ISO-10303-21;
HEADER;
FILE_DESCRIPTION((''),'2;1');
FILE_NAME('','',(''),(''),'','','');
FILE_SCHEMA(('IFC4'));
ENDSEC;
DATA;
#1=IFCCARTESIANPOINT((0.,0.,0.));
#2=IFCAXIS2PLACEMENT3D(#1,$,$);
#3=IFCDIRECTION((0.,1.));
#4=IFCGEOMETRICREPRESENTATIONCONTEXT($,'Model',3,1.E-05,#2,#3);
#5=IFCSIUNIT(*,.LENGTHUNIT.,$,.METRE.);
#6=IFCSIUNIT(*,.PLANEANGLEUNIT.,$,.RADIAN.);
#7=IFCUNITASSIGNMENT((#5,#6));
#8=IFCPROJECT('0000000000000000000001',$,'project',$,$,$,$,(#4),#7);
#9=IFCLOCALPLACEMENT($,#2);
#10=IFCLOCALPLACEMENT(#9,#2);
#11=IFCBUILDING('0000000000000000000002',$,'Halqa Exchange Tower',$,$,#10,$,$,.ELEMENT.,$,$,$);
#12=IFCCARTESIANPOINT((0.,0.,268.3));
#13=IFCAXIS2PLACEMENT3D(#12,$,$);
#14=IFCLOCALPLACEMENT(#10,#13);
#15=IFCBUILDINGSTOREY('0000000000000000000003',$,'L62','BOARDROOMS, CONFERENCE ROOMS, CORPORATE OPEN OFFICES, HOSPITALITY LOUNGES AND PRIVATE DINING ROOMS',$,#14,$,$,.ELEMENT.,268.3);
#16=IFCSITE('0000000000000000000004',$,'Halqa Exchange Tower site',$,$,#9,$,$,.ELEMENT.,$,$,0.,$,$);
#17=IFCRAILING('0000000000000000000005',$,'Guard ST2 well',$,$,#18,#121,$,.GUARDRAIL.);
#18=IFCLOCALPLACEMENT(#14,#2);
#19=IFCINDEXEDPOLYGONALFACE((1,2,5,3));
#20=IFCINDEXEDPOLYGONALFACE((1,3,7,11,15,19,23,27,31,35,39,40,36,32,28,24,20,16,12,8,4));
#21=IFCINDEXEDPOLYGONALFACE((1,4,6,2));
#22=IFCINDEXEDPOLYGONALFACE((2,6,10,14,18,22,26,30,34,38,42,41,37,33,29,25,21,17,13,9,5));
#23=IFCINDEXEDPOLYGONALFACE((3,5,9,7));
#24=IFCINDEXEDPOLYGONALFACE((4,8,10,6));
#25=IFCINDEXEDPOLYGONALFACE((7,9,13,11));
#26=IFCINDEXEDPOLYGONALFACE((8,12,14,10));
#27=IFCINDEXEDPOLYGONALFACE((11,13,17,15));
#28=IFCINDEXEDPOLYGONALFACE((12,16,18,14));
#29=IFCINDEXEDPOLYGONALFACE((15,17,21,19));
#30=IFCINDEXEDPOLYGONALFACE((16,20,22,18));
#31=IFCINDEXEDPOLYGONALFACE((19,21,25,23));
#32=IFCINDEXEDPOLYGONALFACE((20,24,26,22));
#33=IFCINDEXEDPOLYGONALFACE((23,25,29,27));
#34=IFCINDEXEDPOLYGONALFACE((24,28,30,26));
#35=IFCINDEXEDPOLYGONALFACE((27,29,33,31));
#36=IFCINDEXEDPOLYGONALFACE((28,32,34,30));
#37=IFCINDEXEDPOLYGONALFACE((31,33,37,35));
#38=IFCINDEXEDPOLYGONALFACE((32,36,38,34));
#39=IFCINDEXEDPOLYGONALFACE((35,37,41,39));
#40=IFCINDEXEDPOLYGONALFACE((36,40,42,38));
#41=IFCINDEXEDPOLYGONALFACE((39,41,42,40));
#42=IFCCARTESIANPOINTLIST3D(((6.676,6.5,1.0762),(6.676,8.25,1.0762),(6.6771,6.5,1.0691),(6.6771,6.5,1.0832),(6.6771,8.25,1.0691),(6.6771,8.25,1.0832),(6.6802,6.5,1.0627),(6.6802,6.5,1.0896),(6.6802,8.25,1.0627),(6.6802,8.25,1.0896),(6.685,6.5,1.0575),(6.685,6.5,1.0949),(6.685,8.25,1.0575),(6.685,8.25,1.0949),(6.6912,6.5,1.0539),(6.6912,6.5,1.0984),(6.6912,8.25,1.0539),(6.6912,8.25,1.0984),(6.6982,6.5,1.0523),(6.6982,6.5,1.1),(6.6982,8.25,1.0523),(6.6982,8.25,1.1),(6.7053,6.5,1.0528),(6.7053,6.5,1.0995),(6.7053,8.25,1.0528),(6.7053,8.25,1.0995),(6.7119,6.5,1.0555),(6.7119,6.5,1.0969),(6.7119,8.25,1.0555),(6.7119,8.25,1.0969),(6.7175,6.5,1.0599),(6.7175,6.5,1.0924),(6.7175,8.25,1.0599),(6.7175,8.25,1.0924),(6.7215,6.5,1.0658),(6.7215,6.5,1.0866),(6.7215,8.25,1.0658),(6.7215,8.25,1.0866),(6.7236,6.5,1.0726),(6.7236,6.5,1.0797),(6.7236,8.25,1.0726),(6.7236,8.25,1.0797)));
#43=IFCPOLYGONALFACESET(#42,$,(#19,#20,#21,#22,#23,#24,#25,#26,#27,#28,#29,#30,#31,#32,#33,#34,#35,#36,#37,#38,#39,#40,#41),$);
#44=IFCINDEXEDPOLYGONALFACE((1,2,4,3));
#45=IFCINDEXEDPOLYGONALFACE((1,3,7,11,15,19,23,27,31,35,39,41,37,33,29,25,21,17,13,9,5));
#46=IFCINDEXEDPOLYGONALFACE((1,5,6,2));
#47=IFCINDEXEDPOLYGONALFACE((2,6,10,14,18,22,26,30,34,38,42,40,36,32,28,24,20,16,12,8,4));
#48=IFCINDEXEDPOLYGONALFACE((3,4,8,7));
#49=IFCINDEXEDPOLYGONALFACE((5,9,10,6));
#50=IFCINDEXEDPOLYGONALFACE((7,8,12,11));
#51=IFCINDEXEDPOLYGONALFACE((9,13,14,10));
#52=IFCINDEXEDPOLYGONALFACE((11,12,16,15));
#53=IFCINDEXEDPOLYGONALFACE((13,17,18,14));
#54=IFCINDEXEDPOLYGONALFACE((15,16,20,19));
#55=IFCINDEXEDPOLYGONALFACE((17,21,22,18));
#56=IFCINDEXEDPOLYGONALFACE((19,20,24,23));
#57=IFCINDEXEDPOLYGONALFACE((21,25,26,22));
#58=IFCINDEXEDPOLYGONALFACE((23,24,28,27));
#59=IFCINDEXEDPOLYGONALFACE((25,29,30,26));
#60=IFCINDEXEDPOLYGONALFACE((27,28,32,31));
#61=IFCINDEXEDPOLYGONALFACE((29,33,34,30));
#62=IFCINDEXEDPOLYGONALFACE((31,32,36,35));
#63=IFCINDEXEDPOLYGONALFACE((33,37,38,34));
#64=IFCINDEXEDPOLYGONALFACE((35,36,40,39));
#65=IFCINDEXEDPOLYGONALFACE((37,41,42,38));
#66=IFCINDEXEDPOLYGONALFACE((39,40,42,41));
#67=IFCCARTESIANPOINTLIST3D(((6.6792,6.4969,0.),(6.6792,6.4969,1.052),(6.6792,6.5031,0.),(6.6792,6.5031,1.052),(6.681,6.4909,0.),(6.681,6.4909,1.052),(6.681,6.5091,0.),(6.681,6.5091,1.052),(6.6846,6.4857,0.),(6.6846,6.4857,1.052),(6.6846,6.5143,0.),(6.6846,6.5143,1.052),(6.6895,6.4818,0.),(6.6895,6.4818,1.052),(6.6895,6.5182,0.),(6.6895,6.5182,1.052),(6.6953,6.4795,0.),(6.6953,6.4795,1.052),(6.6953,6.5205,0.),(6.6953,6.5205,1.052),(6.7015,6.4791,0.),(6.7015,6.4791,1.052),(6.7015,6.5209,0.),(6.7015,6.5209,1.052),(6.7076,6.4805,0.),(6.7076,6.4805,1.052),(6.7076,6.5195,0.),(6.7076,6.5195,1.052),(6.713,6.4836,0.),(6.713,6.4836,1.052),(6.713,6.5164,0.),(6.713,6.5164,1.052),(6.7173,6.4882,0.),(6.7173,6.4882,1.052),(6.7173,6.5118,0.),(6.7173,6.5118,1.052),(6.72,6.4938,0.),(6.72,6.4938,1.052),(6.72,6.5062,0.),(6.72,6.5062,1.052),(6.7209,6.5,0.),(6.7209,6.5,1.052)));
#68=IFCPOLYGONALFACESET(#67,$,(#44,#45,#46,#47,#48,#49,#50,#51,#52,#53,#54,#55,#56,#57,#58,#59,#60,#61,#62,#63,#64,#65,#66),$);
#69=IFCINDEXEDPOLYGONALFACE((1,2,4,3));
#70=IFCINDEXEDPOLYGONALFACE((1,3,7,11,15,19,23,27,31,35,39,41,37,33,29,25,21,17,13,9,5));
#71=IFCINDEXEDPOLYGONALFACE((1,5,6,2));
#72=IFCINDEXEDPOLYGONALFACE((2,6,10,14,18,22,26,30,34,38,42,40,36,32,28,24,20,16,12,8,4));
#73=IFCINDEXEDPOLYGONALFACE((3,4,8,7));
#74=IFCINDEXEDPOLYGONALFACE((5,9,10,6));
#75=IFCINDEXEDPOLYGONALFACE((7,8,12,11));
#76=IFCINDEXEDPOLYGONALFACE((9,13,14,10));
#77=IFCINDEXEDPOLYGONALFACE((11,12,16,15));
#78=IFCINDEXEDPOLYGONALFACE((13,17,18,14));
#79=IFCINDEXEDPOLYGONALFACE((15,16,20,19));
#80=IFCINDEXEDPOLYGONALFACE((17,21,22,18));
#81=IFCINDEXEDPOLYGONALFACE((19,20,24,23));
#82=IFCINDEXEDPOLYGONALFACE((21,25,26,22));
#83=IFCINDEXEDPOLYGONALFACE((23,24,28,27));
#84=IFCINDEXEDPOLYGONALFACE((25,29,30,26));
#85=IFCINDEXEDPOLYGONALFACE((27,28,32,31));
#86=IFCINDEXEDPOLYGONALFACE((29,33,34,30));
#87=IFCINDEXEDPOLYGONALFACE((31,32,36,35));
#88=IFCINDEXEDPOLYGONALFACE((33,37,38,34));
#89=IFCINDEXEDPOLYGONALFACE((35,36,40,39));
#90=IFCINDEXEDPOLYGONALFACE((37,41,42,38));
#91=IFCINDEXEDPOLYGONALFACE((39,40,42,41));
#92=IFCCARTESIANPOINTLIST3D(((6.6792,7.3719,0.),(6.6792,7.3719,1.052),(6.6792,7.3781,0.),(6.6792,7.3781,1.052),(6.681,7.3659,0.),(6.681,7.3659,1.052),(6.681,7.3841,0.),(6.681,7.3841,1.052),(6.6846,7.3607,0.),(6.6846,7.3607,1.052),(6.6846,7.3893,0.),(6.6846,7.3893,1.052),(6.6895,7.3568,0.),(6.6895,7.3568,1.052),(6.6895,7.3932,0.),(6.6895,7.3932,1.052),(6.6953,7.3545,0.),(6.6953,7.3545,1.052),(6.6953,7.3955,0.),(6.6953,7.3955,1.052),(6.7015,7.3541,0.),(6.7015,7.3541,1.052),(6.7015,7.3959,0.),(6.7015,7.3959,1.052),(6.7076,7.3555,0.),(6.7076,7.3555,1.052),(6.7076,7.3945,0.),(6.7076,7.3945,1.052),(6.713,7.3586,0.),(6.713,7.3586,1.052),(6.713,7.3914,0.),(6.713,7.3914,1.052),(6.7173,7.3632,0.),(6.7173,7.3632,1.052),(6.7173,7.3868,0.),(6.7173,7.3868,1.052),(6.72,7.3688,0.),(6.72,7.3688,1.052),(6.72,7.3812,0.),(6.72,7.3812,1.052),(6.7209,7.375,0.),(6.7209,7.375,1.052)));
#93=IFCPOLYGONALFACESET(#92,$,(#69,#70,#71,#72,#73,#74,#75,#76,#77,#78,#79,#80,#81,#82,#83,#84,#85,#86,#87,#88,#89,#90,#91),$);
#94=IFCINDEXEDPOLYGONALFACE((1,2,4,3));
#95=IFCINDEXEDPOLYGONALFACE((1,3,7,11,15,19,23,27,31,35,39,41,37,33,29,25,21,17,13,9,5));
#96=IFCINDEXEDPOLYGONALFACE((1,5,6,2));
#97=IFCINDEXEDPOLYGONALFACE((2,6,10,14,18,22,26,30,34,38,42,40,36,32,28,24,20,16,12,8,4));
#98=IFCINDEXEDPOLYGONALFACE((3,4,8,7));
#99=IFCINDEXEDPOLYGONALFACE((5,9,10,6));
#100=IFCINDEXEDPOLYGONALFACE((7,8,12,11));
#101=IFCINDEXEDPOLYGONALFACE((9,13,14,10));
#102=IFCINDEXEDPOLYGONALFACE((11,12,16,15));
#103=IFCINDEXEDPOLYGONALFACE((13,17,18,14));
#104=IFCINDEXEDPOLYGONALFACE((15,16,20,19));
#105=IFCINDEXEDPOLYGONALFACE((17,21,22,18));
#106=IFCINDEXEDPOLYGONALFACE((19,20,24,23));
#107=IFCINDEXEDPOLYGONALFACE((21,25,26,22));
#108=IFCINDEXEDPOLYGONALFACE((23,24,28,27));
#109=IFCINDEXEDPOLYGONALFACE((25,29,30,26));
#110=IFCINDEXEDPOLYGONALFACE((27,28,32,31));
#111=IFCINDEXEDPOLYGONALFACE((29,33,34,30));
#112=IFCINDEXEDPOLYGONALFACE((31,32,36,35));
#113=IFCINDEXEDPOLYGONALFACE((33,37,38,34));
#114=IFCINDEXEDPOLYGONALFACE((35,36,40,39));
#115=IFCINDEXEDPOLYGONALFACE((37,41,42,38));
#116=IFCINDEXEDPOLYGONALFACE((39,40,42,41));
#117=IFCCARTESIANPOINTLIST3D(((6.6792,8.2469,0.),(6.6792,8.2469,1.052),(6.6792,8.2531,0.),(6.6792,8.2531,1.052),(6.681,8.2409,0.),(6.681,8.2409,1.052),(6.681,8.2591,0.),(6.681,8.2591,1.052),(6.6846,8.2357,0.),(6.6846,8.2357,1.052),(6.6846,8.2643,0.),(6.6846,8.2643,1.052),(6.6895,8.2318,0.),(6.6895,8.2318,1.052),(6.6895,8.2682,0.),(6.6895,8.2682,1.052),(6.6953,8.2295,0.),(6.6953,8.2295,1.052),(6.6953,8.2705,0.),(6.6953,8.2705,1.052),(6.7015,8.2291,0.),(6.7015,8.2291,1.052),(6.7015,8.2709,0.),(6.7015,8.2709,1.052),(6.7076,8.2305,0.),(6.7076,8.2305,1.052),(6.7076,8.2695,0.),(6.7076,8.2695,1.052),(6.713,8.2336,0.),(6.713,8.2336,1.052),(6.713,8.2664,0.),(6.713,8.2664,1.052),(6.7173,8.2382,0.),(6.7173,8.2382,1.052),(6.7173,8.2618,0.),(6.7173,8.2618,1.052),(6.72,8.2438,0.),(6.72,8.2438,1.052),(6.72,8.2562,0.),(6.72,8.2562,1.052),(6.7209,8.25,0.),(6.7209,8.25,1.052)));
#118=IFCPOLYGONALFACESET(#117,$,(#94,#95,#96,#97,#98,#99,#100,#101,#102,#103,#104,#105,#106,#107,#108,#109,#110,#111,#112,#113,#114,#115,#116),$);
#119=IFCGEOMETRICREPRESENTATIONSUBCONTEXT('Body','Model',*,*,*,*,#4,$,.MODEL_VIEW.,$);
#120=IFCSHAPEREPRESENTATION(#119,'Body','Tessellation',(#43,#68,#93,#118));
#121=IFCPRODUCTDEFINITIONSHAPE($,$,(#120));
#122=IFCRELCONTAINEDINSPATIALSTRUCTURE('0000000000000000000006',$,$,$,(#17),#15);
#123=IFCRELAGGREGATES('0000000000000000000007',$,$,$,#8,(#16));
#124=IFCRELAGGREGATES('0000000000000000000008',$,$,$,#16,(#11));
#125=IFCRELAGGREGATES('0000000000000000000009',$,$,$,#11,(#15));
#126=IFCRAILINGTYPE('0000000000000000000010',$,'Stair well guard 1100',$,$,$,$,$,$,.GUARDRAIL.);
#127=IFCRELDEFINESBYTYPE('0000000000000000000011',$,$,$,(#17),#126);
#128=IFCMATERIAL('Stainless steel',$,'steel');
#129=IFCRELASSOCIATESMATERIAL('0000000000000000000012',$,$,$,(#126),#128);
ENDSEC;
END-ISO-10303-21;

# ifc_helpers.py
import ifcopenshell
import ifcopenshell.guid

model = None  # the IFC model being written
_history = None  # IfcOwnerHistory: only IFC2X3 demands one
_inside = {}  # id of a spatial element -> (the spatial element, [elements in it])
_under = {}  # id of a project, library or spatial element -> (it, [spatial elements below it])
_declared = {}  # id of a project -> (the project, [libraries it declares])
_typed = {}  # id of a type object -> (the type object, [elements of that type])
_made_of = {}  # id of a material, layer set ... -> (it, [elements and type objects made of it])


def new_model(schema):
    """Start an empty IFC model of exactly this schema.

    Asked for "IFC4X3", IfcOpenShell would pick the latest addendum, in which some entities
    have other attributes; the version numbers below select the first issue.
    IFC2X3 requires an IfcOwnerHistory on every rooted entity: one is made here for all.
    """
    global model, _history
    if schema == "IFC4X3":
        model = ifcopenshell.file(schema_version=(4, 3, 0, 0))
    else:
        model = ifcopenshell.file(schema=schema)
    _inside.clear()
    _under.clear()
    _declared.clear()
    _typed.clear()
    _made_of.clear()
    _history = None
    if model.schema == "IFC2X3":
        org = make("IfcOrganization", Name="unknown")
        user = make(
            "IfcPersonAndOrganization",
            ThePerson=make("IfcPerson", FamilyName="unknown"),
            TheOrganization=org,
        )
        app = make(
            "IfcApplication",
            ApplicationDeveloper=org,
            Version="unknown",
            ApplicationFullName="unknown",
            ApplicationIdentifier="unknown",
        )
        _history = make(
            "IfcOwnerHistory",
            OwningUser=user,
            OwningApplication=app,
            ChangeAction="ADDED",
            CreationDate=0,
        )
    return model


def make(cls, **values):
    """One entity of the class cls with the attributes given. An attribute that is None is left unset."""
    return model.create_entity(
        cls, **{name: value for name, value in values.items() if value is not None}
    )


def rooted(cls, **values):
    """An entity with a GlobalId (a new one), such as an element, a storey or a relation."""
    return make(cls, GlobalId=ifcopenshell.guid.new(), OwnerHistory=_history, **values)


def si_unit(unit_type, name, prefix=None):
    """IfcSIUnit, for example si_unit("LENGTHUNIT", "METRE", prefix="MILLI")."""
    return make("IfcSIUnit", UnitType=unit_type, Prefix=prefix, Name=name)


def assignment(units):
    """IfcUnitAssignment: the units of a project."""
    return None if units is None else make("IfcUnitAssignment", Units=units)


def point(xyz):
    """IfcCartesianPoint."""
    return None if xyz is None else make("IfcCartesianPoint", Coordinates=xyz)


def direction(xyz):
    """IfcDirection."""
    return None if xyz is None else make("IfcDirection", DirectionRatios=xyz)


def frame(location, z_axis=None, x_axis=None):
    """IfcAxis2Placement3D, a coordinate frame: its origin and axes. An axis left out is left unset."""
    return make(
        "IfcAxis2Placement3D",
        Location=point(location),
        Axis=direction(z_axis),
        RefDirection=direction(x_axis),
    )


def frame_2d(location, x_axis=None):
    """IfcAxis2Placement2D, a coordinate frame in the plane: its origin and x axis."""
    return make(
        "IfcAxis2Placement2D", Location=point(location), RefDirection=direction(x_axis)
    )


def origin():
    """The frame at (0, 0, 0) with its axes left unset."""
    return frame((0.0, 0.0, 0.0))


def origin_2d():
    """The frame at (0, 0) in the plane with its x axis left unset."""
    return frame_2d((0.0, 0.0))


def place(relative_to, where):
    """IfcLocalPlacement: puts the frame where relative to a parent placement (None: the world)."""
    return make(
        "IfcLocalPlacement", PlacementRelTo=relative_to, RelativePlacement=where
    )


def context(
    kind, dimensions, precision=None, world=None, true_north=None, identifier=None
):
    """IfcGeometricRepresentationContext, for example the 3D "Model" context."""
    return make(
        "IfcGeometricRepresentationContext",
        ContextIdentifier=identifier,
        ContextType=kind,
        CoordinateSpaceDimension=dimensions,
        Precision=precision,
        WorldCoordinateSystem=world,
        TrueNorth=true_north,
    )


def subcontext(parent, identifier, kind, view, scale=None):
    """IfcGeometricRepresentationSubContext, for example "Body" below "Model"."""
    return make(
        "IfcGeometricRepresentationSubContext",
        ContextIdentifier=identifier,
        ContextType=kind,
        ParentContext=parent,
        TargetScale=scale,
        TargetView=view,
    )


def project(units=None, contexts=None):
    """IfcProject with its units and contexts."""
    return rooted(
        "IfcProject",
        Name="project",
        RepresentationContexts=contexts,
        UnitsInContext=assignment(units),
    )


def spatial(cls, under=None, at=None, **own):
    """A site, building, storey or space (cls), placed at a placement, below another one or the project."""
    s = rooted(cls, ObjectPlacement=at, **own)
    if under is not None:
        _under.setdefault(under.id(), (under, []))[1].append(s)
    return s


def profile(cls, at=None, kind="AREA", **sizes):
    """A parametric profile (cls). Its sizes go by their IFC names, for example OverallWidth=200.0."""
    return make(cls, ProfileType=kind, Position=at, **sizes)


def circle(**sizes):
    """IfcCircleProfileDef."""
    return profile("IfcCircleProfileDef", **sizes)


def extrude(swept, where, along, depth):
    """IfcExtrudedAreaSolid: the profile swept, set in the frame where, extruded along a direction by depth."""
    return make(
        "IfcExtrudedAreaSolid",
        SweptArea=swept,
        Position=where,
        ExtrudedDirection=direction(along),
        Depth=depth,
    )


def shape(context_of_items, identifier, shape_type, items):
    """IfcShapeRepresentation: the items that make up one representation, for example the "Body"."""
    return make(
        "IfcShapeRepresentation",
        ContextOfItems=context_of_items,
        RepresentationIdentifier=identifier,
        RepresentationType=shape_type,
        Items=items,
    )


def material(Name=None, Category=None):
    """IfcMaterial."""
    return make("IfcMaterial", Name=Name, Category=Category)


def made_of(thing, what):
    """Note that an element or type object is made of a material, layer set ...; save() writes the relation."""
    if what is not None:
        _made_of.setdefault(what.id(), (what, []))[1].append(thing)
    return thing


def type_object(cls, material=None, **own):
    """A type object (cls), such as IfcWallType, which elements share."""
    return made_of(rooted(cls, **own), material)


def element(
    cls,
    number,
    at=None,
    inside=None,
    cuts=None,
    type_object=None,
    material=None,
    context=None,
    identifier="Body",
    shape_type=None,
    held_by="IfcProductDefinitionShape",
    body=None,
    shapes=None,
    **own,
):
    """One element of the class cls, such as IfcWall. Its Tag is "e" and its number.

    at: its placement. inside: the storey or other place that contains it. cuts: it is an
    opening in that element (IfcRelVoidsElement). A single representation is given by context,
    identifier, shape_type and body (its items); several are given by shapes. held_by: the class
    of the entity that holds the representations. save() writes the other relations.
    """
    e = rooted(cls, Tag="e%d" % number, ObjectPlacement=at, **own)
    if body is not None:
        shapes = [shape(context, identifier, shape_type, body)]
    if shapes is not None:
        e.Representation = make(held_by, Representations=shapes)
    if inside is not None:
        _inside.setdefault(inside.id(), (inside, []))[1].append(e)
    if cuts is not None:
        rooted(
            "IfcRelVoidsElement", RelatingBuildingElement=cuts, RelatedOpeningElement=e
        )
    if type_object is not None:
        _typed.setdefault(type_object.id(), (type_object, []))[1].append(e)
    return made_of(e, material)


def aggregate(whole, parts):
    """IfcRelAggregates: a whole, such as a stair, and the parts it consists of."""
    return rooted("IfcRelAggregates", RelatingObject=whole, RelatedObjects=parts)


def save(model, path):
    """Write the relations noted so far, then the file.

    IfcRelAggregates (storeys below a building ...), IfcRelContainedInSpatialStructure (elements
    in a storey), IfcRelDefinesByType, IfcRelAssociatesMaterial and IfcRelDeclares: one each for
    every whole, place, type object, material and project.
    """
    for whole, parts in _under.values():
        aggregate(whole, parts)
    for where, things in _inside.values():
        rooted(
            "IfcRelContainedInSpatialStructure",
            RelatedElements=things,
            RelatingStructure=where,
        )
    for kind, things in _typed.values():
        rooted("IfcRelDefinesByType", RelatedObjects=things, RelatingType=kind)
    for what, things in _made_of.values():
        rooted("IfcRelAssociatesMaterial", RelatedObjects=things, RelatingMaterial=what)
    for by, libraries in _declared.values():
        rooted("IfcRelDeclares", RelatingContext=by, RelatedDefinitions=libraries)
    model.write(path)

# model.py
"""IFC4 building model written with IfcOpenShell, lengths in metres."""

from ifc_helpers import new_model, si_unit, direction, frame, origin, origin_2d, place, context, subcontext, project, spatial, circle, extrude, material, type_object, element, save


model = new_model("IFC4")

# Units and contexts
model_context = context("Model", 3, precision=1e-05, world=origin(), true_north=direction((0.0, 1.0)))
body_context = subcontext(model_context, "Body", "Model", "MODEL_VIEW")
ifc_project = project(units=[si_unit("LENGTHUNIT", "METRE"), si_unit("PLANEANGLEUNIT", "RADIAN")], contexts=[model_context])

# Site, building, storey
site_placement = place(None, origin())
site = spatial("IfcSite", under=ifc_project, at=site_placement, Name="Halqa Exchange Tower site", CompositionType="ELEMENT", RefElevation=0.0)
building_placement = place(site_placement, origin())
building = spatial("IfcBuilding", under=site, at=building_placement, Name="Halqa Exchange Tower", CompositionType="ELEMENT")
storey_placement = place(building_placement, frame((0.0, 0.0, 268.3)))
storey = spatial("IfcBuildingStorey", under=building, at=storey_placement, Name="L62", Description="BOARDROOMS, CONFERENCE ROOMS, CORPORATE OPEN OFFICES, HOSPITALITY LOUNGES AND PRIVATE DINING ROOMS", CompositionType="ELEMENT", Elevation=268.3)

# Railing
ifc_material_1 = material(Name="Stainless steel", Category="steel")
railing_type_1 = type_object("IfcRailingType", Name="Stair well guard 1100", PredefinedType="GUARDRAIL", material=ifc_material_1)
railing_1_placement = place(storey_placement, frame((6.7, 6.5, 0.0)))
element("IfcRailing", 1, at=railing_1_placement, inside=storey, type_object=railing_type_1, Name="Guard ST2 well", PredefinedType="GUARDRAIL", context=body_context, shape_type="SweptSolid", body=[
    extrude(circle(Radius=0.0239, at=origin_2d()), frame((0.0, 0.0, 1.0762), z_axis=(0.0, 1.0, 0.0), x_axis=(-1.0, 0.0, 0.0)), (0.0, 0.0, 1.0), 1.75),
    extrude(circle(Radius=0.021, at=origin_2d()), origin(), (0.0, 0.0, 1.0), 1.052),
    extrude(circle(Radius=0.021, at=origin_2d()), frame((0.0, 0.875, 0.0)), (0.0, 0.0, 1.0), 1.052),
    extrude(circle(Radius=0.021, at=origin_2d()), frame((0.0, 1.75, 0.0)), (0.0, 0.0, 1.0), 1.052),
])

save(model, "model.ifc")
